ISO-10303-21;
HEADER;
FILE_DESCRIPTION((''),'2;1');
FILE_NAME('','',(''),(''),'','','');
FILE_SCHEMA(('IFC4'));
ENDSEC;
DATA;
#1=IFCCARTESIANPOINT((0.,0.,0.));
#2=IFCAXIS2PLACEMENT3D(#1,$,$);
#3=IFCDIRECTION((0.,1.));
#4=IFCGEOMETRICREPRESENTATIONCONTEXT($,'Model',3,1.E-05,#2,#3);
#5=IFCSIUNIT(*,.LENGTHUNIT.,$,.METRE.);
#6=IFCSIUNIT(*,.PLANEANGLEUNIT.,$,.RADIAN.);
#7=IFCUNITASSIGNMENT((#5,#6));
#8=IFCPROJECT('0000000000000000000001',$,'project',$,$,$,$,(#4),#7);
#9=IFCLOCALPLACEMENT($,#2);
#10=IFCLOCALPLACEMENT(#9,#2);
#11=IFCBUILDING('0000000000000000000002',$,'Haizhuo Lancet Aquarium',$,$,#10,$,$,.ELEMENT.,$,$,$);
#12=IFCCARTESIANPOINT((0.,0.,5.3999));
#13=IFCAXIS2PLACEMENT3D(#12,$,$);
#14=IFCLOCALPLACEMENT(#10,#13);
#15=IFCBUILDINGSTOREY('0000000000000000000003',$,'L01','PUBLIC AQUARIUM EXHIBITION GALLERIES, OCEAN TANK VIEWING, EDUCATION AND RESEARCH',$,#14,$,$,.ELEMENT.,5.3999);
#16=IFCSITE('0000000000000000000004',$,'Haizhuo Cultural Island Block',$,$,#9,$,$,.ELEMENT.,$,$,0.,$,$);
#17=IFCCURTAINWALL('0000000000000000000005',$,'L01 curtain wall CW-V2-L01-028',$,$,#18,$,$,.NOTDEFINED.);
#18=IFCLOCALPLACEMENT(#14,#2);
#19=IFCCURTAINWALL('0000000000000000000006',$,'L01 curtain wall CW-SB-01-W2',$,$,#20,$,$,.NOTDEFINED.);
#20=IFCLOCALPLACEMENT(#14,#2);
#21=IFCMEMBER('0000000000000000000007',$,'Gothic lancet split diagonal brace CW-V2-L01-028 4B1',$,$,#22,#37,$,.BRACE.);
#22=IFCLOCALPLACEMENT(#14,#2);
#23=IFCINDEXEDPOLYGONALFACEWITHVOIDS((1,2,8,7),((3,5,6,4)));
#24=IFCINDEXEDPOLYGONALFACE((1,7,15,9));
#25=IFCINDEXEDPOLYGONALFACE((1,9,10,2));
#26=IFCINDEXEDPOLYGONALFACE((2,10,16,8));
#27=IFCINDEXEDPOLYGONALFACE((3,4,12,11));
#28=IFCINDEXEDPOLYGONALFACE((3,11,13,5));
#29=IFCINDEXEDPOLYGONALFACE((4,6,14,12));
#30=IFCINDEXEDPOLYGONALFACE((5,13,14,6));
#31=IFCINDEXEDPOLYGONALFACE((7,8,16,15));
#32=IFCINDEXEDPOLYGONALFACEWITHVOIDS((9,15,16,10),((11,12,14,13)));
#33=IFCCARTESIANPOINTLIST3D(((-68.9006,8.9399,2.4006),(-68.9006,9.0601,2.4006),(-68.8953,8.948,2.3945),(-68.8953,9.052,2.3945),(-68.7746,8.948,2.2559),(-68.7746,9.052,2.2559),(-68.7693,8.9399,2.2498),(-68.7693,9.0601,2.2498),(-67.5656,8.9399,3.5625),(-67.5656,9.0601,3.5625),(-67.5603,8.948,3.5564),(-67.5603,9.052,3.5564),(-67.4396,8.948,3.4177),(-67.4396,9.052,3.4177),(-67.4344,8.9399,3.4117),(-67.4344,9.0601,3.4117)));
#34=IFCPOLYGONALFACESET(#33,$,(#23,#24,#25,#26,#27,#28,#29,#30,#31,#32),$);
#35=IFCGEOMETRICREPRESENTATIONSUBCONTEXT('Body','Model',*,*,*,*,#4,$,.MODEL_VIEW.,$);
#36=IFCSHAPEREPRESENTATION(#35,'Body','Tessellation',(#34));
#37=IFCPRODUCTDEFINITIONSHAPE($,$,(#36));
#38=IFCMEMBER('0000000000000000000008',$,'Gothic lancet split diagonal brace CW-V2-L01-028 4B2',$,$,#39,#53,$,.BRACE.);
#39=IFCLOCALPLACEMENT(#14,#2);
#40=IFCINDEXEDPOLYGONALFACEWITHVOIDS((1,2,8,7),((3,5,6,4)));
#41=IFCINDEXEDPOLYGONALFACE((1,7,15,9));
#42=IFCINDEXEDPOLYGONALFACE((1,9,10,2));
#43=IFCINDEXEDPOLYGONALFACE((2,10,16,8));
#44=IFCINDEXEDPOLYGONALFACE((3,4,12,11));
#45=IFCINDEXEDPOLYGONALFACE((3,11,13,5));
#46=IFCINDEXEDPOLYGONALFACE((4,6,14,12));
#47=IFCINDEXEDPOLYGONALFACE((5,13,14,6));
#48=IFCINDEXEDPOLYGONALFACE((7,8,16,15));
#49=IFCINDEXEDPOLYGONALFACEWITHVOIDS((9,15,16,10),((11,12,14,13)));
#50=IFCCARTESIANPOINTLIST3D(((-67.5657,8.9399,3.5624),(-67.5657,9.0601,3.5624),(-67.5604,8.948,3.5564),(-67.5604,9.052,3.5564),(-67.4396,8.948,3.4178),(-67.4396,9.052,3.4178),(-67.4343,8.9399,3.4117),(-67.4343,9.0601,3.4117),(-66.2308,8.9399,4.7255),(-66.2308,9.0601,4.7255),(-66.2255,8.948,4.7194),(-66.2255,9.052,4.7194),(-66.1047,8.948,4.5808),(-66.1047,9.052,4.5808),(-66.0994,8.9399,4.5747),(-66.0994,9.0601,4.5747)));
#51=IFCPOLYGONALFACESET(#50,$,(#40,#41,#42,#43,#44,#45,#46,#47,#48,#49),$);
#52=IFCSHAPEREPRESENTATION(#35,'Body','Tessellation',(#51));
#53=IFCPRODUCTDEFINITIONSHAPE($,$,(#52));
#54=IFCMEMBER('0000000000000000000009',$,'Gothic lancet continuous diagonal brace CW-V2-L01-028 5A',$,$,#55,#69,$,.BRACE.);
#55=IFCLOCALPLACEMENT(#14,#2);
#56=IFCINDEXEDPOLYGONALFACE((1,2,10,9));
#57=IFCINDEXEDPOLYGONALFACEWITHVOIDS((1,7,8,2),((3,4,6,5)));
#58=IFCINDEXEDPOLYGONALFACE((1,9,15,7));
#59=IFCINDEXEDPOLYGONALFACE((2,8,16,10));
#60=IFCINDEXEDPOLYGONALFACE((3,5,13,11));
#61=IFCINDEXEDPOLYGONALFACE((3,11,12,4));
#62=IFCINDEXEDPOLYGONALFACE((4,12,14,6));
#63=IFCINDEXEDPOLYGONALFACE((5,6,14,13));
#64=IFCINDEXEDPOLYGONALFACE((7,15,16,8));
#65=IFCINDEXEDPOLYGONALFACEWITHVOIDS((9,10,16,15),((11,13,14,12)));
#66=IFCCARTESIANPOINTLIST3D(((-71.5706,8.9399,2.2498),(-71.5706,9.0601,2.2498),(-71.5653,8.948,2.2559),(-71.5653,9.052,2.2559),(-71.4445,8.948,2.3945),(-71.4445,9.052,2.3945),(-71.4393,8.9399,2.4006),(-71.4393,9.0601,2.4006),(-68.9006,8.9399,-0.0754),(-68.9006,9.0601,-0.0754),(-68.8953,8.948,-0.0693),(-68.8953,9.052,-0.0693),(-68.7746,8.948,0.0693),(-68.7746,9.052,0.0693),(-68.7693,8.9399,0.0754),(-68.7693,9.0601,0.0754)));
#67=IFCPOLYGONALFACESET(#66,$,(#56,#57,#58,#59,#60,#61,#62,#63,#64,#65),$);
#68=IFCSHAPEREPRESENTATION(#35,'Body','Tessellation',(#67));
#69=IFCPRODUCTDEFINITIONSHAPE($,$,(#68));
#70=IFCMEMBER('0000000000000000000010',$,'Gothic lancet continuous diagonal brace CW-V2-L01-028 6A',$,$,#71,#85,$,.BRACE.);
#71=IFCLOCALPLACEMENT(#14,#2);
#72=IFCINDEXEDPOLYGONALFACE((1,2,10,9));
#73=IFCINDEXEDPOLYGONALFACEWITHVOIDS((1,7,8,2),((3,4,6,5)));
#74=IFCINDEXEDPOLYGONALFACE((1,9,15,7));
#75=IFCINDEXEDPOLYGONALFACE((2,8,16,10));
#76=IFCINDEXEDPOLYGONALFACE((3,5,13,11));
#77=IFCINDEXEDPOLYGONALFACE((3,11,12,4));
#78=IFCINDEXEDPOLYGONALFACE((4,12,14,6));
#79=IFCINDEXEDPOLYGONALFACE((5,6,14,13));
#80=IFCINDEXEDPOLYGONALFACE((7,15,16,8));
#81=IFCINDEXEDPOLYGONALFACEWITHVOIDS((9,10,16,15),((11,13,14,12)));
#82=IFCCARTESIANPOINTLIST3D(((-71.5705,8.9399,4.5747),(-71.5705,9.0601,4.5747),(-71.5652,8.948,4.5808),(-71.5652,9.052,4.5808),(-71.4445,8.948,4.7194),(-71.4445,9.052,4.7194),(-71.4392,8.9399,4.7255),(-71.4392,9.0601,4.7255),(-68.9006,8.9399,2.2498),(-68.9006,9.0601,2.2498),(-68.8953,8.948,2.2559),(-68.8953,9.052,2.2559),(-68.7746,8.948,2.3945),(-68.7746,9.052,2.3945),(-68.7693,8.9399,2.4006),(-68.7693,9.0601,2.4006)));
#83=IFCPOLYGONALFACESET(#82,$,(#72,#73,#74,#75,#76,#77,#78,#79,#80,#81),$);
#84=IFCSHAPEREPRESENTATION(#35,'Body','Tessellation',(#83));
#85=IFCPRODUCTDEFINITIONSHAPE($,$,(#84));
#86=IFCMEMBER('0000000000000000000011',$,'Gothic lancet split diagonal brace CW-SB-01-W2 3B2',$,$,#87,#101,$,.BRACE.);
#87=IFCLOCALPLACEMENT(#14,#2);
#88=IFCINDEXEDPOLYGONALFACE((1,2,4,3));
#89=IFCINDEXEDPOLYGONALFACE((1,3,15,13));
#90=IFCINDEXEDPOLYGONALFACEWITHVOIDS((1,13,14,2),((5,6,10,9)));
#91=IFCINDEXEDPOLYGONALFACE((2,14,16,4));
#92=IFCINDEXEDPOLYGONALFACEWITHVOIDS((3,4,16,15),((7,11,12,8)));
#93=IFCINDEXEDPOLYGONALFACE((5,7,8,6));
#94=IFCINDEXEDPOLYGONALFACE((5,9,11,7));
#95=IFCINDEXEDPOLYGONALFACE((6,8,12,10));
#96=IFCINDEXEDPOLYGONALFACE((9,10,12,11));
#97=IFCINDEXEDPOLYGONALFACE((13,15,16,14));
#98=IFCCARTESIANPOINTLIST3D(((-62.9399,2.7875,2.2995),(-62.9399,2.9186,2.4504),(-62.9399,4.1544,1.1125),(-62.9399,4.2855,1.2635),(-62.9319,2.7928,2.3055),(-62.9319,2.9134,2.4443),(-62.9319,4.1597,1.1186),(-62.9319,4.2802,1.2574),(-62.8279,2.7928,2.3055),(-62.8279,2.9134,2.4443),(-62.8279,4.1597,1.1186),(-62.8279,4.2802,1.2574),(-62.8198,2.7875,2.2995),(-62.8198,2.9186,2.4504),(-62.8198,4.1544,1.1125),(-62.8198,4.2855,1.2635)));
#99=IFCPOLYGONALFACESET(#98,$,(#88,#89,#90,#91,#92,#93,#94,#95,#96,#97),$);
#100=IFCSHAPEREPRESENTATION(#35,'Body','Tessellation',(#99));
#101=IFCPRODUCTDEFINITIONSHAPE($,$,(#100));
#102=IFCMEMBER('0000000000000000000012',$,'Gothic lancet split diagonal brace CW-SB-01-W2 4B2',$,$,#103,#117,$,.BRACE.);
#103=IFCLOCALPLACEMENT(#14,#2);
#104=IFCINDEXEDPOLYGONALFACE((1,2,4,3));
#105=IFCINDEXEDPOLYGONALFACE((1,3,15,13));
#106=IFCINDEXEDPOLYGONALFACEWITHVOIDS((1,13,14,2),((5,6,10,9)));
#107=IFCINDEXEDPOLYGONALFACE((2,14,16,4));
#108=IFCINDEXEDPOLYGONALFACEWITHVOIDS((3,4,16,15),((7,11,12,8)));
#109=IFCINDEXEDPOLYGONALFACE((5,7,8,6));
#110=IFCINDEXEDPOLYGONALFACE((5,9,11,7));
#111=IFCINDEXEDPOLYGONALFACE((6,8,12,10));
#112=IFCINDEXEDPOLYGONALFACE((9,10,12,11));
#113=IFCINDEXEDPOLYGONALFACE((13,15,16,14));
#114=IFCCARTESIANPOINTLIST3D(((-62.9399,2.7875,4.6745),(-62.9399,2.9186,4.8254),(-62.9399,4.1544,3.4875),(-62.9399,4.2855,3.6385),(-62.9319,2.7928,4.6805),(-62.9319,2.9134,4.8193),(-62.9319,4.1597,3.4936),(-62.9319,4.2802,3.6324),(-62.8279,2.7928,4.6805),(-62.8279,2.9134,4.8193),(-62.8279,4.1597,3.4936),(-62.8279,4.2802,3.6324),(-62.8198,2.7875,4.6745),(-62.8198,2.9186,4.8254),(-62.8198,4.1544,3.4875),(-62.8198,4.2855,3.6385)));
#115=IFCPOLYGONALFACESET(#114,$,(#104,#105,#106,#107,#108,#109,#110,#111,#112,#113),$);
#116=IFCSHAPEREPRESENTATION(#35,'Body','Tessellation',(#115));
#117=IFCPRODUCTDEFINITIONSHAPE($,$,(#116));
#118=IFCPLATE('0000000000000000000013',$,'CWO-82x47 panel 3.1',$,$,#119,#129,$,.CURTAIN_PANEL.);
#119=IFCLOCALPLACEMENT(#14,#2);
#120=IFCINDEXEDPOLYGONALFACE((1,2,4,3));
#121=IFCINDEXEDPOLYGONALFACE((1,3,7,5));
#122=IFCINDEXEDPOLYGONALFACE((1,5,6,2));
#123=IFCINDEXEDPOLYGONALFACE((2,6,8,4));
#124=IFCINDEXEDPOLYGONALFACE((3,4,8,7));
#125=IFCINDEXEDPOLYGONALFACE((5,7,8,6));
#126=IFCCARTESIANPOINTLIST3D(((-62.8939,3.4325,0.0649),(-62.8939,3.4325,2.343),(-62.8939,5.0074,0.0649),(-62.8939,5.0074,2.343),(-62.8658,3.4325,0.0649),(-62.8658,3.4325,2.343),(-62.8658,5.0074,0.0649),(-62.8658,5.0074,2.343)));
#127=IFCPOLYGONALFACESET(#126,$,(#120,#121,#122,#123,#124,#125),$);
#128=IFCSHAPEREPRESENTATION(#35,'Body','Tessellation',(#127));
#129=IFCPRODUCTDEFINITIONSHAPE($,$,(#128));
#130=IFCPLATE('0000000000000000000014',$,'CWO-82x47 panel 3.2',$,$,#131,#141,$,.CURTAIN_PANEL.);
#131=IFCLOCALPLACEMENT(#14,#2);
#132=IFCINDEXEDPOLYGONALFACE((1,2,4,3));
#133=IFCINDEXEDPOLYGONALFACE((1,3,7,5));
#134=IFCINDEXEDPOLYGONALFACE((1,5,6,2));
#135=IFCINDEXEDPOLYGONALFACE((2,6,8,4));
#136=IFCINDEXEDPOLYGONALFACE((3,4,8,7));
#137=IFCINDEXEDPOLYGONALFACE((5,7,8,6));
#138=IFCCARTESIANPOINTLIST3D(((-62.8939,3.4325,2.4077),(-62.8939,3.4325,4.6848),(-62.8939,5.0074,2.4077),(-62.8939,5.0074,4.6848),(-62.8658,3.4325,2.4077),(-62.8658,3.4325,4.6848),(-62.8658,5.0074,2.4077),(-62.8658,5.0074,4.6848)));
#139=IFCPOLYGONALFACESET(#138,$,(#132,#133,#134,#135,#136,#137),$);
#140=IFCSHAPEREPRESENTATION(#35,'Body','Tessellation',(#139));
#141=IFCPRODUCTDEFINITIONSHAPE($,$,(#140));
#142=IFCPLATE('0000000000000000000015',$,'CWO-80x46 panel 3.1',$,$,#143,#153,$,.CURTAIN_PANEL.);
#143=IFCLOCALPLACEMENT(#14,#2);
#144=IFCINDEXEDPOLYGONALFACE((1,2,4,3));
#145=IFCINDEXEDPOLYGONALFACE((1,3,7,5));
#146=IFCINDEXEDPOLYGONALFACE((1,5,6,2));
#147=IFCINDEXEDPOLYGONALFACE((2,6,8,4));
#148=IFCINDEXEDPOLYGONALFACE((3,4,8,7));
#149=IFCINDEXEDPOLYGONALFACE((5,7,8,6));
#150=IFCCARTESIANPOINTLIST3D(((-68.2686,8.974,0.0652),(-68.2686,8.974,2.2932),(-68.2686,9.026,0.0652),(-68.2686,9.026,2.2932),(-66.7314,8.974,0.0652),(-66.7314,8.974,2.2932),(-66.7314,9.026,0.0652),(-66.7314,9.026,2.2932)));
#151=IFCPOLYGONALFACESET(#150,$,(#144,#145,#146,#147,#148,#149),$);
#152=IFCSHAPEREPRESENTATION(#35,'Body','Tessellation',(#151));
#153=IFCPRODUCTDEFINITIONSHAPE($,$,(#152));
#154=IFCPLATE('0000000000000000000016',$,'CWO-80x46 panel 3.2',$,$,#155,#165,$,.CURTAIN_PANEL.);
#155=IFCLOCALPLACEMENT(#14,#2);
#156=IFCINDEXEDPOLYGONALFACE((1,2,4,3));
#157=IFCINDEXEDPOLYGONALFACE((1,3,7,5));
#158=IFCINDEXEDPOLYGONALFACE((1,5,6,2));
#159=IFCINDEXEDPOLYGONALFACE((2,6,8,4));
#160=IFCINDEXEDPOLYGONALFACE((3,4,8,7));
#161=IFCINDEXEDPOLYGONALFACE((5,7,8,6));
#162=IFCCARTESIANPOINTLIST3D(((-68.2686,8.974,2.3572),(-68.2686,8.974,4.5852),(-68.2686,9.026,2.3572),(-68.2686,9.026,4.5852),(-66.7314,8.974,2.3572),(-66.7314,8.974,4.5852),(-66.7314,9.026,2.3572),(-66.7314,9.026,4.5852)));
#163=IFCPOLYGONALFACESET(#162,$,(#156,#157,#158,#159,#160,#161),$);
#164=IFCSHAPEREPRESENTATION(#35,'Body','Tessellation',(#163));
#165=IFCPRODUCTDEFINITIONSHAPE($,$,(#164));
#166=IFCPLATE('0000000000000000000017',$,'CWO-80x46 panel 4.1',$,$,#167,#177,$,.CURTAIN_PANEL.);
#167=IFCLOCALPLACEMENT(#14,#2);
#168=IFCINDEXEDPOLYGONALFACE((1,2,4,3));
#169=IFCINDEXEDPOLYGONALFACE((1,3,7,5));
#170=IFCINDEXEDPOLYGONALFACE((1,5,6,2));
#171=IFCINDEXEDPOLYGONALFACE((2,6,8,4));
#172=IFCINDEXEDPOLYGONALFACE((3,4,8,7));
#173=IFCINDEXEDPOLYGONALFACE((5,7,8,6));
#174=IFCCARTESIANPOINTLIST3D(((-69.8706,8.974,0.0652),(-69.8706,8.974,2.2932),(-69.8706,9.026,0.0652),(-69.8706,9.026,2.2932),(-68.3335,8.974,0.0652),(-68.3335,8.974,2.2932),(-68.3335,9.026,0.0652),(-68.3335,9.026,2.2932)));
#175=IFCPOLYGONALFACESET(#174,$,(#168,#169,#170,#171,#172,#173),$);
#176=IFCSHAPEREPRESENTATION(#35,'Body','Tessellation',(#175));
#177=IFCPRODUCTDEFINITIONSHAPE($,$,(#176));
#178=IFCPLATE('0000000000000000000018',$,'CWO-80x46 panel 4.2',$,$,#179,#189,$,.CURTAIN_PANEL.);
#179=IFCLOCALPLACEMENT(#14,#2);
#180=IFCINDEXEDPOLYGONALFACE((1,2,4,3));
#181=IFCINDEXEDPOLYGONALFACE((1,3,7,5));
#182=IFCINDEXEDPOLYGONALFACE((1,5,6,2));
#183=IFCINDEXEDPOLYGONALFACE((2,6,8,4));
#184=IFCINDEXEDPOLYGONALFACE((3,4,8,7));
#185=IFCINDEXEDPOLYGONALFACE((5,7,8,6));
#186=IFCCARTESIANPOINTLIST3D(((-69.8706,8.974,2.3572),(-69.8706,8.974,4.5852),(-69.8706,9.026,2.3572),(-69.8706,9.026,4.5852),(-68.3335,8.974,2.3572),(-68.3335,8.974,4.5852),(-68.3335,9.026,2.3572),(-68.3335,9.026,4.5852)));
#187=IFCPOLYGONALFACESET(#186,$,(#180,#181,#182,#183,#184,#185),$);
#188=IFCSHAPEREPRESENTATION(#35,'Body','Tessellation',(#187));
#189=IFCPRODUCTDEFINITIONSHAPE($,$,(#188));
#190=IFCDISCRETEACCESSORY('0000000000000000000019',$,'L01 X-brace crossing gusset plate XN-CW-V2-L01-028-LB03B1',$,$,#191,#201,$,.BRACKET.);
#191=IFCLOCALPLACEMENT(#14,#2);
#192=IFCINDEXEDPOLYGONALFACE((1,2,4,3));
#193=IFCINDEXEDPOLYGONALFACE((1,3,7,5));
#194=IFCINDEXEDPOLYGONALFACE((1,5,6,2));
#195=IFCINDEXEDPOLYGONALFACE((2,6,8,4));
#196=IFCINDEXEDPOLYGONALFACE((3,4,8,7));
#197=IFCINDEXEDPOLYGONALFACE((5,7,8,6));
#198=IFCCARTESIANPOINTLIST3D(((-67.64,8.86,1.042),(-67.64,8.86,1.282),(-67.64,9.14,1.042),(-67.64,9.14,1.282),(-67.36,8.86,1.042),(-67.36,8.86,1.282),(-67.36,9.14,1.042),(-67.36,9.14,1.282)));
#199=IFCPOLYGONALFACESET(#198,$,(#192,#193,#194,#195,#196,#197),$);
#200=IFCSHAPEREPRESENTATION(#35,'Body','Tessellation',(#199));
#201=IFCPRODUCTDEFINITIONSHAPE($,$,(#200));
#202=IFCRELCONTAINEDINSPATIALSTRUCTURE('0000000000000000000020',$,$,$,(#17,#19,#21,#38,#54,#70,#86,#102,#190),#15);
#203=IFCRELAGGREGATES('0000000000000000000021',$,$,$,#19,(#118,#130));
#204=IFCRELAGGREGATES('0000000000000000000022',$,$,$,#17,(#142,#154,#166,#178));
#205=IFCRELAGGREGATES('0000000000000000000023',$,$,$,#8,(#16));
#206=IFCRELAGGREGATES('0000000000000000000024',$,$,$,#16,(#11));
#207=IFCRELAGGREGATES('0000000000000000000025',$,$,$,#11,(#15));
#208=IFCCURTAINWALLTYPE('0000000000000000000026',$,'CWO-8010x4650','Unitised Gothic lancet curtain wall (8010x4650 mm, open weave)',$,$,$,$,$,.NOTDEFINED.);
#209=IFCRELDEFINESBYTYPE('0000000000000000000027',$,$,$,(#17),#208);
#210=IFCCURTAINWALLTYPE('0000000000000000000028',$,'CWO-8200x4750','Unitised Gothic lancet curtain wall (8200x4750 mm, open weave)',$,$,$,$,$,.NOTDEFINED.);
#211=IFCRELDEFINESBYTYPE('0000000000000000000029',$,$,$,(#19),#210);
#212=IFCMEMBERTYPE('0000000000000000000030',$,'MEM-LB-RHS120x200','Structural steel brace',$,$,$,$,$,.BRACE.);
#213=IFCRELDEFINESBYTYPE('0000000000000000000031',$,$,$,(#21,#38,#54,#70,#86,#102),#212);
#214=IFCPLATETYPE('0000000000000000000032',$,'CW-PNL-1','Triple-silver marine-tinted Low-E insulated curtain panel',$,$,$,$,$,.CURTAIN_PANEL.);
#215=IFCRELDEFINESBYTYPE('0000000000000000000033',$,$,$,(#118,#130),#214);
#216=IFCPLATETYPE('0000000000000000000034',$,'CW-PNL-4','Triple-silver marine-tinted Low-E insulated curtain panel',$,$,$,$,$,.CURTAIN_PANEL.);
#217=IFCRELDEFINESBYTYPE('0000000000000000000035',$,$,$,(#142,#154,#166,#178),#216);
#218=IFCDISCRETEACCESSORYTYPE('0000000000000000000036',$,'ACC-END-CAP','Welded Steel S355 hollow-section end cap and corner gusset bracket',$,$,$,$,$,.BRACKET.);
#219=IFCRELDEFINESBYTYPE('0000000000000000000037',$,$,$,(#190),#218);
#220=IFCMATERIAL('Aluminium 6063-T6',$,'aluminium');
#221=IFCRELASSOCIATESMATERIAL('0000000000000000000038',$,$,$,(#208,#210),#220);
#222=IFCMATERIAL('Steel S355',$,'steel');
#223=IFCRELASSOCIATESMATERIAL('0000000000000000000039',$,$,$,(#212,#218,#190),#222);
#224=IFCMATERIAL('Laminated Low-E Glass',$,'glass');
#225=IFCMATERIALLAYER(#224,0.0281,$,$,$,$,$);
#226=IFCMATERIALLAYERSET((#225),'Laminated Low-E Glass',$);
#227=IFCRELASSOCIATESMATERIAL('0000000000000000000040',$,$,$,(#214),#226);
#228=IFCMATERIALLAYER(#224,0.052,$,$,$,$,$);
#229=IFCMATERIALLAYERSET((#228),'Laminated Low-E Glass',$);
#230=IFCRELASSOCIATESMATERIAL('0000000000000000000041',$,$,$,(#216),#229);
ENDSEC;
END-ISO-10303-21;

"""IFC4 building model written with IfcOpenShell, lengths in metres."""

from ifc_helpers import new_model, si_unit, direction, frame, origin, origin_2d, place, context, subcontext, project, spatial, rectangle, hollow_rectangle, extrude, material, layer, layer_set, material_profile, profile_set, type_object, element, aggregate, save


model = new_model("IFC4")

# Units and contexts
model_context = context("Model", 3, precision=1e-05, world=origin(), true_north=direction((0.0, 1.0)))
body_context = subcontext(model_context, "Body", "Model", "MODEL_VIEW")
ifc_project = project(units=[si_unit("LENGTHUNIT", "METRE"), si_unit("PLANEANGLEUNIT", "RADIAN")], contexts=[model_context])

# Site, building, storey
site_placement = place(None, origin())
site = spatial("IfcSite", under=ifc_project, at=site_placement, Name="Haizhuo Cultural Island Block", CompositionType="ELEMENT", RefElevation=0.0)
building_placement = place(site_placement, origin())
building = spatial("IfcBuilding", under=site, at=building_placement, Name="Haizhuo Lancet Aquarium", CompositionType="ELEMENT")
storey_placement = place(building_placement, frame((0.0, 0.0, 5.3999)))
storey = spatial("IfcBuildingStorey", under=building, at=storey_placement, Name="L01", Description="PUBLIC AQUARIUM EXHIBITION GALLERIES, OCEAN TANK VIEWING, EDUCATION AND RESEARCH", CompositionType="ELEMENT", Elevation=5.3999)

# Curtain walls
ifc_material_1 = material(Name="Aluminium 6063-T6", Category="aluminium")
curtain_wall_type_1 = type_object("IfcCurtainWallType", Name="CWO-8010x4650", Description="Unitised Gothic lancet curtain wall (8010x4650 mm, open weave)", PredefinedType="NOTDEFINED", material=ifc_material_1)
curtain_wall_1_placement = place(storey_placement, origin())
curtain_wall_1 = element("IfcCurtainWall", 1, at=curtain_wall_1_placement, inside=storey, type_object=curtain_wall_type_1, Name="L01 curtain wall CW-V2-L01-028", PredefinedType="NOTDEFINED")
curtain_wall_type_2 = type_object("IfcCurtainWallType", Name="CWO-8200x4750", Description="Unitised Gothic lancet curtain wall (8200x4750 mm, open weave)", PredefinedType="NOTDEFINED", material=ifc_material_1)
curtain_wall_2_placement = place(storey_placement, origin())
curtain_wall_2 = element("IfcCurtainWall", 2, at=curtain_wall_2_placement, inside=storey, type_object=curtain_wall_type_2, Name="L01 curtain wall CW-SB-01-W2", PredefinedType="NOTDEFINED")

# Members
ifc_material_2 = material(Name="Steel S355", Category="steel")
ifc_material_profile_1 = material_profile(ifc_material_2, hollow_rectangle(XDim=0.1201, YDim=0.2, WallThickness=0.0081, at=origin_2d()), Name="RHS 120x200x8")
ifc_profile_set_1 = profile_set([ifc_material_profile_1], Name="Steel S355")
member_type_1 = type_object("IfcMemberType", Name="MEM-LB-RHS120x200", Description="Structural steel brace", PredefinedType="BRACE", material=ifc_profile_set_1)
member_1_placement = place(storey_placement, frame((-68.835, 9.0, 2.3252), z_axis=(0.754317, 0.0, 0.65651), x_axis=(0.0, 1.0, 0.0)))
element("IfcMember", 3, at=member_1_placement, inside=storey, type_object=member_type_1, Name="Gothic lancet split diagonal brace CW-V2-L01-028 4B1", PredefinedType="BRACE", context=body_context, shape_type="SweptSolid", body=[
    extrude(hollow_rectangle(XDim=0.1201, YDim=0.2, WallThickness=0.0081, at=origin_2d()), origin(), (0.0, 0.0, 1.0), 1.7698),
])
member_2_placement = place(storey_placement, frame((-67.5, 9.0, 3.4871), z_axis=(0.753976, 0.0, 0.656902), x_axis=(0.0, 1.0, 0.0)))
element("IfcMember", 4, at=member_2_placement, inside=storey, type_object=member_type_1, Name="Gothic lancet split diagonal brace CW-V2-L01-028 4B2", PredefinedType="BRACE", context=body_context, shape_type="SweptSolid", body=[
    extrude(hollow_rectangle(XDim=0.1201, YDim=0.2, WallThickness=0.0081, at=origin_2d()), origin(), (0.0, 0.0, 1.0), 1.7705),
])
member_3_placement = place(storey_placement, frame((-68.835, 9.0, 0.0), z_axis=(-0.754112, 0.0, 0.656745), x_axis=(0.0, -1.0, 0.0)))
element("IfcMember", 5, at=member_3_placement, inside=storey, type_object=member_type_1, Name="Gothic lancet continuous diagonal brace CW-V2-L01-028 5A", PredefinedType="BRACE", context=body_context, shape_type="SweptSolid", body=[
    extrude(hollow_rectangle(XDim=0.1201, YDim=0.2, WallThickness=0.0081, at=origin_2d()), origin(), (0.0, 0.0, 1.0), 3.5405),
])
member_4_placement = place(storey_placement, frame((-68.835, 9.0, 2.3252), z_axis=(-0.754147, 0.0, 0.656706), x_axis=(0.0, -1.0, 0.0)))
element("IfcMember", 6, at=member_4_placement, inside=storey, type_object=member_type_1, Name="Gothic lancet continuous diagonal brace CW-V2-L01-028 6A", PredefinedType="BRACE", context=body_context, shape_type="SweptSolid", body=[
    extrude(hollow_rectangle(XDim=0.1201, YDim=0.2, WallThickness=0.0081, at=origin_2d()), origin(), (0.0, 0.0, 1.0), 3.5403),
])
for number, where, z_axis, x_axis, name in (
    (7, (-62.8799, 4.22, 1.188), (0.0, -0.755052, 0.655664), (1.0, 0.0, 0.0), "Gothic lancet split diagonal brace CW-SB-01-W2 3B2"),
    (8, (-62.8799, 4.22, 3.563), (0.0, -0.755052, 0.655664), (1.0, 0.0, 0.0), "Gothic lancet split diagonal brace CW-SB-01-W2 4B2"),
):
    element("IfcMember", number, at=place(storey_placement, frame(where, z_axis=z_axis, x_axis=x_axis)), inside=storey, type_object=member_type_1, Name=name, PredefinedType="BRACE", context=body_context, shape_type="SweptSolid", body=[
        extrude(hollow_rectangle(XDim=0.1201, YDim=0.2, WallThickness=0.0081, at=origin_2d()), origin(), (0.0, 0.0, 1.0), 1.8103),
    ])

# Plates
ifc_material_3 = material(Name="Laminated Low-E Glass", Category="glass")
ifc_layer_1 = layer(ifc_material_3, 0.0281)
ifc_layer_set_1 = layer_set([ifc_layer_1], Name="Laminated Low-E Glass")
plate_type_1 = type_object("IfcPlateType", Name="CW-PNL-1", Description="Triple-silver marine-tinted Low-E insulated curtain panel", PredefinedType="CURTAIN_PANEL", material=ifc_layer_set_1)
plate_1_placement = place(storey_placement, frame((-62.8799, 4.22, 0.0649), z_axis=(0.0, 0.0, 1.0), x_axis=(0.0, 1.0, 0.0)))
plate_1 = element("IfcPlate", 9, at=plate_1_placement, type_object=plate_type_1, Name="CWO-82x47 panel 3.1", PredefinedType="CURTAIN_PANEL", context=body_context, shape_type="SweptSolid", body=[
    extrude(rectangle(XDim=1.575, YDim=0.0281, at=origin_2d()), origin(), (0.0, 0.0, 1.0), 2.2781),
])
plate_2_placement = place(storey_placement, frame((-62.8799, 4.22, 2.4077), z_axis=(0.0, 0.0, 1.0), x_axis=(0.0, 1.0, 0.0)))
plate_2 = element("IfcPlate", 10, at=plate_2_placement, type_object=plate_type_1, Name="CWO-82x47 panel 3.2", PredefinedType="CURTAIN_PANEL", context=body_context, shape_type="SweptSolid", body=[
    extrude(rectangle(XDim=1.575, YDim=0.0281, at=origin_2d()), origin(), (0.0, 0.0, 1.0), 2.2771),
])
aggregate(curtain_wall_2, [plate_1, plate_2])
ifc_layer_2 = layer(ifc_material_3, 0.052)
ifc_layer_set_2 = layer_set([ifc_layer_2], Name="Laminated Low-E Glass")
plate_type_2 = type_object("IfcPlateType", Name="CW-PNL-4", Description="Triple-silver marine-tinted Low-E insulated curtain panel", PredefinedType="CURTAIN_PANEL", material=ifc_layer_set_2)
plate_3_placement = place(storey_placement, frame((-67.5, 9.0, 0.0652), z_axis=(0.0, 0.0, 1.0), x_axis=(-1.0, 0.0, 0.0)))
plate_3 = element("IfcPlate", 11, at=plate_3_placement, type_object=plate_type_2, Name="CWO-80x46 panel 3.1", PredefinedType="CURTAIN_PANEL", context=body_context, shape_type="SweptSolid", body=[
    extrude(rectangle(XDim=1.5371, YDim=0.052, at=origin_2d()), origin(), (0.0, 0.0, 1.0), 2.228),
])
plate_4_placement = place(storey_placement, frame((-67.5, 9.0, 2.3572), z_axis=(0.0, 0.0, 1.0), x_axis=(-1.0, 0.0, 0.0)))
plate_4 = element("IfcPlate", 12, at=plate_4_placement, type_object=plate_type_2, Name="CWO-80x46 panel 3.2", PredefinedType="CURTAIN_PANEL", context=body_context, shape_type="SweptSolid", body=[
    extrude(rectangle(XDim=1.5371, YDim=0.052, at=origin_2d()), origin(), (0.0, 0.0, 1.0), 2.228),
])
plate_5_placement = place(storey_placement, frame((-69.1021, 9.0, 0.0652), z_axis=(0.0, 0.0, 1.0), x_axis=(-1.0, 0.0, 0.0)))
plate_5 = element("IfcPlate", 13, at=plate_5_placement, type_object=plate_type_2, Name="CWO-80x46 panel 4.1", PredefinedType="CURTAIN_PANEL", context=body_context, shape_type="SweptSolid", body=[
    extrude(rectangle(XDim=1.5371, YDim=0.052, at=origin_2d()), origin(), (0.0, 0.0, 1.0), 2.228),
])
plate_6_placement = place(storey_placement, frame((-69.1021, 9.0, 2.3572), z_axis=(0.0, 0.0, 1.0), x_axis=(-1.0, 0.0, 0.0)))
plate_6 = element("IfcPlate", 14, at=plate_6_placement, type_object=plate_type_2, Name="CWO-80x46 panel 4.2", PredefinedType="CURTAIN_PANEL", context=body_context, shape_type="SweptSolid", body=[
    extrude(rectangle(XDim=1.5371, YDim=0.052, at=origin_2d()), origin(), (0.0, 0.0, 1.0), 2.228),
])
aggregate(curtain_wall_1, [plate_3, plate_4, plate_5, plate_6])

# Discrete accessory
discrete_accessory_type = type_object("IfcDiscreteAccessoryType", Name="ACC-END-CAP", Description="Welded Steel S355 hollow-section end cap and corner gusset bracket", PredefinedType="BRACKET", material=ifc_material_2)
for number, where, z_axis, x_axis, name in (
    (15, (-67.5, 9.0, 1.042), (0.0, 0.0, 1.0), (1.0, 0.0, 0.0), "L01 X-brace crossing gusset plate XN-CW-V2-L01-028-LB03B1"),
):
    element("IfcDiscreteAccessory", number, at=place(storey_placement, frame(where, z_axis=z_axis, x_axis=x_axis)), inside=storey, type_object=discrete_accessory_type, material=ifc_material_2, Name=name, PredefinedType="BRACKET", context=body_context, shape_type="SweptSolid", body=[
        extrude(rectangle(XDim=0.28, YDim=0.28, at=origin_2d()), origin(), (0.0, 0.0, 1.0), 0.24),
    ])

save(model, "model.ifc")
